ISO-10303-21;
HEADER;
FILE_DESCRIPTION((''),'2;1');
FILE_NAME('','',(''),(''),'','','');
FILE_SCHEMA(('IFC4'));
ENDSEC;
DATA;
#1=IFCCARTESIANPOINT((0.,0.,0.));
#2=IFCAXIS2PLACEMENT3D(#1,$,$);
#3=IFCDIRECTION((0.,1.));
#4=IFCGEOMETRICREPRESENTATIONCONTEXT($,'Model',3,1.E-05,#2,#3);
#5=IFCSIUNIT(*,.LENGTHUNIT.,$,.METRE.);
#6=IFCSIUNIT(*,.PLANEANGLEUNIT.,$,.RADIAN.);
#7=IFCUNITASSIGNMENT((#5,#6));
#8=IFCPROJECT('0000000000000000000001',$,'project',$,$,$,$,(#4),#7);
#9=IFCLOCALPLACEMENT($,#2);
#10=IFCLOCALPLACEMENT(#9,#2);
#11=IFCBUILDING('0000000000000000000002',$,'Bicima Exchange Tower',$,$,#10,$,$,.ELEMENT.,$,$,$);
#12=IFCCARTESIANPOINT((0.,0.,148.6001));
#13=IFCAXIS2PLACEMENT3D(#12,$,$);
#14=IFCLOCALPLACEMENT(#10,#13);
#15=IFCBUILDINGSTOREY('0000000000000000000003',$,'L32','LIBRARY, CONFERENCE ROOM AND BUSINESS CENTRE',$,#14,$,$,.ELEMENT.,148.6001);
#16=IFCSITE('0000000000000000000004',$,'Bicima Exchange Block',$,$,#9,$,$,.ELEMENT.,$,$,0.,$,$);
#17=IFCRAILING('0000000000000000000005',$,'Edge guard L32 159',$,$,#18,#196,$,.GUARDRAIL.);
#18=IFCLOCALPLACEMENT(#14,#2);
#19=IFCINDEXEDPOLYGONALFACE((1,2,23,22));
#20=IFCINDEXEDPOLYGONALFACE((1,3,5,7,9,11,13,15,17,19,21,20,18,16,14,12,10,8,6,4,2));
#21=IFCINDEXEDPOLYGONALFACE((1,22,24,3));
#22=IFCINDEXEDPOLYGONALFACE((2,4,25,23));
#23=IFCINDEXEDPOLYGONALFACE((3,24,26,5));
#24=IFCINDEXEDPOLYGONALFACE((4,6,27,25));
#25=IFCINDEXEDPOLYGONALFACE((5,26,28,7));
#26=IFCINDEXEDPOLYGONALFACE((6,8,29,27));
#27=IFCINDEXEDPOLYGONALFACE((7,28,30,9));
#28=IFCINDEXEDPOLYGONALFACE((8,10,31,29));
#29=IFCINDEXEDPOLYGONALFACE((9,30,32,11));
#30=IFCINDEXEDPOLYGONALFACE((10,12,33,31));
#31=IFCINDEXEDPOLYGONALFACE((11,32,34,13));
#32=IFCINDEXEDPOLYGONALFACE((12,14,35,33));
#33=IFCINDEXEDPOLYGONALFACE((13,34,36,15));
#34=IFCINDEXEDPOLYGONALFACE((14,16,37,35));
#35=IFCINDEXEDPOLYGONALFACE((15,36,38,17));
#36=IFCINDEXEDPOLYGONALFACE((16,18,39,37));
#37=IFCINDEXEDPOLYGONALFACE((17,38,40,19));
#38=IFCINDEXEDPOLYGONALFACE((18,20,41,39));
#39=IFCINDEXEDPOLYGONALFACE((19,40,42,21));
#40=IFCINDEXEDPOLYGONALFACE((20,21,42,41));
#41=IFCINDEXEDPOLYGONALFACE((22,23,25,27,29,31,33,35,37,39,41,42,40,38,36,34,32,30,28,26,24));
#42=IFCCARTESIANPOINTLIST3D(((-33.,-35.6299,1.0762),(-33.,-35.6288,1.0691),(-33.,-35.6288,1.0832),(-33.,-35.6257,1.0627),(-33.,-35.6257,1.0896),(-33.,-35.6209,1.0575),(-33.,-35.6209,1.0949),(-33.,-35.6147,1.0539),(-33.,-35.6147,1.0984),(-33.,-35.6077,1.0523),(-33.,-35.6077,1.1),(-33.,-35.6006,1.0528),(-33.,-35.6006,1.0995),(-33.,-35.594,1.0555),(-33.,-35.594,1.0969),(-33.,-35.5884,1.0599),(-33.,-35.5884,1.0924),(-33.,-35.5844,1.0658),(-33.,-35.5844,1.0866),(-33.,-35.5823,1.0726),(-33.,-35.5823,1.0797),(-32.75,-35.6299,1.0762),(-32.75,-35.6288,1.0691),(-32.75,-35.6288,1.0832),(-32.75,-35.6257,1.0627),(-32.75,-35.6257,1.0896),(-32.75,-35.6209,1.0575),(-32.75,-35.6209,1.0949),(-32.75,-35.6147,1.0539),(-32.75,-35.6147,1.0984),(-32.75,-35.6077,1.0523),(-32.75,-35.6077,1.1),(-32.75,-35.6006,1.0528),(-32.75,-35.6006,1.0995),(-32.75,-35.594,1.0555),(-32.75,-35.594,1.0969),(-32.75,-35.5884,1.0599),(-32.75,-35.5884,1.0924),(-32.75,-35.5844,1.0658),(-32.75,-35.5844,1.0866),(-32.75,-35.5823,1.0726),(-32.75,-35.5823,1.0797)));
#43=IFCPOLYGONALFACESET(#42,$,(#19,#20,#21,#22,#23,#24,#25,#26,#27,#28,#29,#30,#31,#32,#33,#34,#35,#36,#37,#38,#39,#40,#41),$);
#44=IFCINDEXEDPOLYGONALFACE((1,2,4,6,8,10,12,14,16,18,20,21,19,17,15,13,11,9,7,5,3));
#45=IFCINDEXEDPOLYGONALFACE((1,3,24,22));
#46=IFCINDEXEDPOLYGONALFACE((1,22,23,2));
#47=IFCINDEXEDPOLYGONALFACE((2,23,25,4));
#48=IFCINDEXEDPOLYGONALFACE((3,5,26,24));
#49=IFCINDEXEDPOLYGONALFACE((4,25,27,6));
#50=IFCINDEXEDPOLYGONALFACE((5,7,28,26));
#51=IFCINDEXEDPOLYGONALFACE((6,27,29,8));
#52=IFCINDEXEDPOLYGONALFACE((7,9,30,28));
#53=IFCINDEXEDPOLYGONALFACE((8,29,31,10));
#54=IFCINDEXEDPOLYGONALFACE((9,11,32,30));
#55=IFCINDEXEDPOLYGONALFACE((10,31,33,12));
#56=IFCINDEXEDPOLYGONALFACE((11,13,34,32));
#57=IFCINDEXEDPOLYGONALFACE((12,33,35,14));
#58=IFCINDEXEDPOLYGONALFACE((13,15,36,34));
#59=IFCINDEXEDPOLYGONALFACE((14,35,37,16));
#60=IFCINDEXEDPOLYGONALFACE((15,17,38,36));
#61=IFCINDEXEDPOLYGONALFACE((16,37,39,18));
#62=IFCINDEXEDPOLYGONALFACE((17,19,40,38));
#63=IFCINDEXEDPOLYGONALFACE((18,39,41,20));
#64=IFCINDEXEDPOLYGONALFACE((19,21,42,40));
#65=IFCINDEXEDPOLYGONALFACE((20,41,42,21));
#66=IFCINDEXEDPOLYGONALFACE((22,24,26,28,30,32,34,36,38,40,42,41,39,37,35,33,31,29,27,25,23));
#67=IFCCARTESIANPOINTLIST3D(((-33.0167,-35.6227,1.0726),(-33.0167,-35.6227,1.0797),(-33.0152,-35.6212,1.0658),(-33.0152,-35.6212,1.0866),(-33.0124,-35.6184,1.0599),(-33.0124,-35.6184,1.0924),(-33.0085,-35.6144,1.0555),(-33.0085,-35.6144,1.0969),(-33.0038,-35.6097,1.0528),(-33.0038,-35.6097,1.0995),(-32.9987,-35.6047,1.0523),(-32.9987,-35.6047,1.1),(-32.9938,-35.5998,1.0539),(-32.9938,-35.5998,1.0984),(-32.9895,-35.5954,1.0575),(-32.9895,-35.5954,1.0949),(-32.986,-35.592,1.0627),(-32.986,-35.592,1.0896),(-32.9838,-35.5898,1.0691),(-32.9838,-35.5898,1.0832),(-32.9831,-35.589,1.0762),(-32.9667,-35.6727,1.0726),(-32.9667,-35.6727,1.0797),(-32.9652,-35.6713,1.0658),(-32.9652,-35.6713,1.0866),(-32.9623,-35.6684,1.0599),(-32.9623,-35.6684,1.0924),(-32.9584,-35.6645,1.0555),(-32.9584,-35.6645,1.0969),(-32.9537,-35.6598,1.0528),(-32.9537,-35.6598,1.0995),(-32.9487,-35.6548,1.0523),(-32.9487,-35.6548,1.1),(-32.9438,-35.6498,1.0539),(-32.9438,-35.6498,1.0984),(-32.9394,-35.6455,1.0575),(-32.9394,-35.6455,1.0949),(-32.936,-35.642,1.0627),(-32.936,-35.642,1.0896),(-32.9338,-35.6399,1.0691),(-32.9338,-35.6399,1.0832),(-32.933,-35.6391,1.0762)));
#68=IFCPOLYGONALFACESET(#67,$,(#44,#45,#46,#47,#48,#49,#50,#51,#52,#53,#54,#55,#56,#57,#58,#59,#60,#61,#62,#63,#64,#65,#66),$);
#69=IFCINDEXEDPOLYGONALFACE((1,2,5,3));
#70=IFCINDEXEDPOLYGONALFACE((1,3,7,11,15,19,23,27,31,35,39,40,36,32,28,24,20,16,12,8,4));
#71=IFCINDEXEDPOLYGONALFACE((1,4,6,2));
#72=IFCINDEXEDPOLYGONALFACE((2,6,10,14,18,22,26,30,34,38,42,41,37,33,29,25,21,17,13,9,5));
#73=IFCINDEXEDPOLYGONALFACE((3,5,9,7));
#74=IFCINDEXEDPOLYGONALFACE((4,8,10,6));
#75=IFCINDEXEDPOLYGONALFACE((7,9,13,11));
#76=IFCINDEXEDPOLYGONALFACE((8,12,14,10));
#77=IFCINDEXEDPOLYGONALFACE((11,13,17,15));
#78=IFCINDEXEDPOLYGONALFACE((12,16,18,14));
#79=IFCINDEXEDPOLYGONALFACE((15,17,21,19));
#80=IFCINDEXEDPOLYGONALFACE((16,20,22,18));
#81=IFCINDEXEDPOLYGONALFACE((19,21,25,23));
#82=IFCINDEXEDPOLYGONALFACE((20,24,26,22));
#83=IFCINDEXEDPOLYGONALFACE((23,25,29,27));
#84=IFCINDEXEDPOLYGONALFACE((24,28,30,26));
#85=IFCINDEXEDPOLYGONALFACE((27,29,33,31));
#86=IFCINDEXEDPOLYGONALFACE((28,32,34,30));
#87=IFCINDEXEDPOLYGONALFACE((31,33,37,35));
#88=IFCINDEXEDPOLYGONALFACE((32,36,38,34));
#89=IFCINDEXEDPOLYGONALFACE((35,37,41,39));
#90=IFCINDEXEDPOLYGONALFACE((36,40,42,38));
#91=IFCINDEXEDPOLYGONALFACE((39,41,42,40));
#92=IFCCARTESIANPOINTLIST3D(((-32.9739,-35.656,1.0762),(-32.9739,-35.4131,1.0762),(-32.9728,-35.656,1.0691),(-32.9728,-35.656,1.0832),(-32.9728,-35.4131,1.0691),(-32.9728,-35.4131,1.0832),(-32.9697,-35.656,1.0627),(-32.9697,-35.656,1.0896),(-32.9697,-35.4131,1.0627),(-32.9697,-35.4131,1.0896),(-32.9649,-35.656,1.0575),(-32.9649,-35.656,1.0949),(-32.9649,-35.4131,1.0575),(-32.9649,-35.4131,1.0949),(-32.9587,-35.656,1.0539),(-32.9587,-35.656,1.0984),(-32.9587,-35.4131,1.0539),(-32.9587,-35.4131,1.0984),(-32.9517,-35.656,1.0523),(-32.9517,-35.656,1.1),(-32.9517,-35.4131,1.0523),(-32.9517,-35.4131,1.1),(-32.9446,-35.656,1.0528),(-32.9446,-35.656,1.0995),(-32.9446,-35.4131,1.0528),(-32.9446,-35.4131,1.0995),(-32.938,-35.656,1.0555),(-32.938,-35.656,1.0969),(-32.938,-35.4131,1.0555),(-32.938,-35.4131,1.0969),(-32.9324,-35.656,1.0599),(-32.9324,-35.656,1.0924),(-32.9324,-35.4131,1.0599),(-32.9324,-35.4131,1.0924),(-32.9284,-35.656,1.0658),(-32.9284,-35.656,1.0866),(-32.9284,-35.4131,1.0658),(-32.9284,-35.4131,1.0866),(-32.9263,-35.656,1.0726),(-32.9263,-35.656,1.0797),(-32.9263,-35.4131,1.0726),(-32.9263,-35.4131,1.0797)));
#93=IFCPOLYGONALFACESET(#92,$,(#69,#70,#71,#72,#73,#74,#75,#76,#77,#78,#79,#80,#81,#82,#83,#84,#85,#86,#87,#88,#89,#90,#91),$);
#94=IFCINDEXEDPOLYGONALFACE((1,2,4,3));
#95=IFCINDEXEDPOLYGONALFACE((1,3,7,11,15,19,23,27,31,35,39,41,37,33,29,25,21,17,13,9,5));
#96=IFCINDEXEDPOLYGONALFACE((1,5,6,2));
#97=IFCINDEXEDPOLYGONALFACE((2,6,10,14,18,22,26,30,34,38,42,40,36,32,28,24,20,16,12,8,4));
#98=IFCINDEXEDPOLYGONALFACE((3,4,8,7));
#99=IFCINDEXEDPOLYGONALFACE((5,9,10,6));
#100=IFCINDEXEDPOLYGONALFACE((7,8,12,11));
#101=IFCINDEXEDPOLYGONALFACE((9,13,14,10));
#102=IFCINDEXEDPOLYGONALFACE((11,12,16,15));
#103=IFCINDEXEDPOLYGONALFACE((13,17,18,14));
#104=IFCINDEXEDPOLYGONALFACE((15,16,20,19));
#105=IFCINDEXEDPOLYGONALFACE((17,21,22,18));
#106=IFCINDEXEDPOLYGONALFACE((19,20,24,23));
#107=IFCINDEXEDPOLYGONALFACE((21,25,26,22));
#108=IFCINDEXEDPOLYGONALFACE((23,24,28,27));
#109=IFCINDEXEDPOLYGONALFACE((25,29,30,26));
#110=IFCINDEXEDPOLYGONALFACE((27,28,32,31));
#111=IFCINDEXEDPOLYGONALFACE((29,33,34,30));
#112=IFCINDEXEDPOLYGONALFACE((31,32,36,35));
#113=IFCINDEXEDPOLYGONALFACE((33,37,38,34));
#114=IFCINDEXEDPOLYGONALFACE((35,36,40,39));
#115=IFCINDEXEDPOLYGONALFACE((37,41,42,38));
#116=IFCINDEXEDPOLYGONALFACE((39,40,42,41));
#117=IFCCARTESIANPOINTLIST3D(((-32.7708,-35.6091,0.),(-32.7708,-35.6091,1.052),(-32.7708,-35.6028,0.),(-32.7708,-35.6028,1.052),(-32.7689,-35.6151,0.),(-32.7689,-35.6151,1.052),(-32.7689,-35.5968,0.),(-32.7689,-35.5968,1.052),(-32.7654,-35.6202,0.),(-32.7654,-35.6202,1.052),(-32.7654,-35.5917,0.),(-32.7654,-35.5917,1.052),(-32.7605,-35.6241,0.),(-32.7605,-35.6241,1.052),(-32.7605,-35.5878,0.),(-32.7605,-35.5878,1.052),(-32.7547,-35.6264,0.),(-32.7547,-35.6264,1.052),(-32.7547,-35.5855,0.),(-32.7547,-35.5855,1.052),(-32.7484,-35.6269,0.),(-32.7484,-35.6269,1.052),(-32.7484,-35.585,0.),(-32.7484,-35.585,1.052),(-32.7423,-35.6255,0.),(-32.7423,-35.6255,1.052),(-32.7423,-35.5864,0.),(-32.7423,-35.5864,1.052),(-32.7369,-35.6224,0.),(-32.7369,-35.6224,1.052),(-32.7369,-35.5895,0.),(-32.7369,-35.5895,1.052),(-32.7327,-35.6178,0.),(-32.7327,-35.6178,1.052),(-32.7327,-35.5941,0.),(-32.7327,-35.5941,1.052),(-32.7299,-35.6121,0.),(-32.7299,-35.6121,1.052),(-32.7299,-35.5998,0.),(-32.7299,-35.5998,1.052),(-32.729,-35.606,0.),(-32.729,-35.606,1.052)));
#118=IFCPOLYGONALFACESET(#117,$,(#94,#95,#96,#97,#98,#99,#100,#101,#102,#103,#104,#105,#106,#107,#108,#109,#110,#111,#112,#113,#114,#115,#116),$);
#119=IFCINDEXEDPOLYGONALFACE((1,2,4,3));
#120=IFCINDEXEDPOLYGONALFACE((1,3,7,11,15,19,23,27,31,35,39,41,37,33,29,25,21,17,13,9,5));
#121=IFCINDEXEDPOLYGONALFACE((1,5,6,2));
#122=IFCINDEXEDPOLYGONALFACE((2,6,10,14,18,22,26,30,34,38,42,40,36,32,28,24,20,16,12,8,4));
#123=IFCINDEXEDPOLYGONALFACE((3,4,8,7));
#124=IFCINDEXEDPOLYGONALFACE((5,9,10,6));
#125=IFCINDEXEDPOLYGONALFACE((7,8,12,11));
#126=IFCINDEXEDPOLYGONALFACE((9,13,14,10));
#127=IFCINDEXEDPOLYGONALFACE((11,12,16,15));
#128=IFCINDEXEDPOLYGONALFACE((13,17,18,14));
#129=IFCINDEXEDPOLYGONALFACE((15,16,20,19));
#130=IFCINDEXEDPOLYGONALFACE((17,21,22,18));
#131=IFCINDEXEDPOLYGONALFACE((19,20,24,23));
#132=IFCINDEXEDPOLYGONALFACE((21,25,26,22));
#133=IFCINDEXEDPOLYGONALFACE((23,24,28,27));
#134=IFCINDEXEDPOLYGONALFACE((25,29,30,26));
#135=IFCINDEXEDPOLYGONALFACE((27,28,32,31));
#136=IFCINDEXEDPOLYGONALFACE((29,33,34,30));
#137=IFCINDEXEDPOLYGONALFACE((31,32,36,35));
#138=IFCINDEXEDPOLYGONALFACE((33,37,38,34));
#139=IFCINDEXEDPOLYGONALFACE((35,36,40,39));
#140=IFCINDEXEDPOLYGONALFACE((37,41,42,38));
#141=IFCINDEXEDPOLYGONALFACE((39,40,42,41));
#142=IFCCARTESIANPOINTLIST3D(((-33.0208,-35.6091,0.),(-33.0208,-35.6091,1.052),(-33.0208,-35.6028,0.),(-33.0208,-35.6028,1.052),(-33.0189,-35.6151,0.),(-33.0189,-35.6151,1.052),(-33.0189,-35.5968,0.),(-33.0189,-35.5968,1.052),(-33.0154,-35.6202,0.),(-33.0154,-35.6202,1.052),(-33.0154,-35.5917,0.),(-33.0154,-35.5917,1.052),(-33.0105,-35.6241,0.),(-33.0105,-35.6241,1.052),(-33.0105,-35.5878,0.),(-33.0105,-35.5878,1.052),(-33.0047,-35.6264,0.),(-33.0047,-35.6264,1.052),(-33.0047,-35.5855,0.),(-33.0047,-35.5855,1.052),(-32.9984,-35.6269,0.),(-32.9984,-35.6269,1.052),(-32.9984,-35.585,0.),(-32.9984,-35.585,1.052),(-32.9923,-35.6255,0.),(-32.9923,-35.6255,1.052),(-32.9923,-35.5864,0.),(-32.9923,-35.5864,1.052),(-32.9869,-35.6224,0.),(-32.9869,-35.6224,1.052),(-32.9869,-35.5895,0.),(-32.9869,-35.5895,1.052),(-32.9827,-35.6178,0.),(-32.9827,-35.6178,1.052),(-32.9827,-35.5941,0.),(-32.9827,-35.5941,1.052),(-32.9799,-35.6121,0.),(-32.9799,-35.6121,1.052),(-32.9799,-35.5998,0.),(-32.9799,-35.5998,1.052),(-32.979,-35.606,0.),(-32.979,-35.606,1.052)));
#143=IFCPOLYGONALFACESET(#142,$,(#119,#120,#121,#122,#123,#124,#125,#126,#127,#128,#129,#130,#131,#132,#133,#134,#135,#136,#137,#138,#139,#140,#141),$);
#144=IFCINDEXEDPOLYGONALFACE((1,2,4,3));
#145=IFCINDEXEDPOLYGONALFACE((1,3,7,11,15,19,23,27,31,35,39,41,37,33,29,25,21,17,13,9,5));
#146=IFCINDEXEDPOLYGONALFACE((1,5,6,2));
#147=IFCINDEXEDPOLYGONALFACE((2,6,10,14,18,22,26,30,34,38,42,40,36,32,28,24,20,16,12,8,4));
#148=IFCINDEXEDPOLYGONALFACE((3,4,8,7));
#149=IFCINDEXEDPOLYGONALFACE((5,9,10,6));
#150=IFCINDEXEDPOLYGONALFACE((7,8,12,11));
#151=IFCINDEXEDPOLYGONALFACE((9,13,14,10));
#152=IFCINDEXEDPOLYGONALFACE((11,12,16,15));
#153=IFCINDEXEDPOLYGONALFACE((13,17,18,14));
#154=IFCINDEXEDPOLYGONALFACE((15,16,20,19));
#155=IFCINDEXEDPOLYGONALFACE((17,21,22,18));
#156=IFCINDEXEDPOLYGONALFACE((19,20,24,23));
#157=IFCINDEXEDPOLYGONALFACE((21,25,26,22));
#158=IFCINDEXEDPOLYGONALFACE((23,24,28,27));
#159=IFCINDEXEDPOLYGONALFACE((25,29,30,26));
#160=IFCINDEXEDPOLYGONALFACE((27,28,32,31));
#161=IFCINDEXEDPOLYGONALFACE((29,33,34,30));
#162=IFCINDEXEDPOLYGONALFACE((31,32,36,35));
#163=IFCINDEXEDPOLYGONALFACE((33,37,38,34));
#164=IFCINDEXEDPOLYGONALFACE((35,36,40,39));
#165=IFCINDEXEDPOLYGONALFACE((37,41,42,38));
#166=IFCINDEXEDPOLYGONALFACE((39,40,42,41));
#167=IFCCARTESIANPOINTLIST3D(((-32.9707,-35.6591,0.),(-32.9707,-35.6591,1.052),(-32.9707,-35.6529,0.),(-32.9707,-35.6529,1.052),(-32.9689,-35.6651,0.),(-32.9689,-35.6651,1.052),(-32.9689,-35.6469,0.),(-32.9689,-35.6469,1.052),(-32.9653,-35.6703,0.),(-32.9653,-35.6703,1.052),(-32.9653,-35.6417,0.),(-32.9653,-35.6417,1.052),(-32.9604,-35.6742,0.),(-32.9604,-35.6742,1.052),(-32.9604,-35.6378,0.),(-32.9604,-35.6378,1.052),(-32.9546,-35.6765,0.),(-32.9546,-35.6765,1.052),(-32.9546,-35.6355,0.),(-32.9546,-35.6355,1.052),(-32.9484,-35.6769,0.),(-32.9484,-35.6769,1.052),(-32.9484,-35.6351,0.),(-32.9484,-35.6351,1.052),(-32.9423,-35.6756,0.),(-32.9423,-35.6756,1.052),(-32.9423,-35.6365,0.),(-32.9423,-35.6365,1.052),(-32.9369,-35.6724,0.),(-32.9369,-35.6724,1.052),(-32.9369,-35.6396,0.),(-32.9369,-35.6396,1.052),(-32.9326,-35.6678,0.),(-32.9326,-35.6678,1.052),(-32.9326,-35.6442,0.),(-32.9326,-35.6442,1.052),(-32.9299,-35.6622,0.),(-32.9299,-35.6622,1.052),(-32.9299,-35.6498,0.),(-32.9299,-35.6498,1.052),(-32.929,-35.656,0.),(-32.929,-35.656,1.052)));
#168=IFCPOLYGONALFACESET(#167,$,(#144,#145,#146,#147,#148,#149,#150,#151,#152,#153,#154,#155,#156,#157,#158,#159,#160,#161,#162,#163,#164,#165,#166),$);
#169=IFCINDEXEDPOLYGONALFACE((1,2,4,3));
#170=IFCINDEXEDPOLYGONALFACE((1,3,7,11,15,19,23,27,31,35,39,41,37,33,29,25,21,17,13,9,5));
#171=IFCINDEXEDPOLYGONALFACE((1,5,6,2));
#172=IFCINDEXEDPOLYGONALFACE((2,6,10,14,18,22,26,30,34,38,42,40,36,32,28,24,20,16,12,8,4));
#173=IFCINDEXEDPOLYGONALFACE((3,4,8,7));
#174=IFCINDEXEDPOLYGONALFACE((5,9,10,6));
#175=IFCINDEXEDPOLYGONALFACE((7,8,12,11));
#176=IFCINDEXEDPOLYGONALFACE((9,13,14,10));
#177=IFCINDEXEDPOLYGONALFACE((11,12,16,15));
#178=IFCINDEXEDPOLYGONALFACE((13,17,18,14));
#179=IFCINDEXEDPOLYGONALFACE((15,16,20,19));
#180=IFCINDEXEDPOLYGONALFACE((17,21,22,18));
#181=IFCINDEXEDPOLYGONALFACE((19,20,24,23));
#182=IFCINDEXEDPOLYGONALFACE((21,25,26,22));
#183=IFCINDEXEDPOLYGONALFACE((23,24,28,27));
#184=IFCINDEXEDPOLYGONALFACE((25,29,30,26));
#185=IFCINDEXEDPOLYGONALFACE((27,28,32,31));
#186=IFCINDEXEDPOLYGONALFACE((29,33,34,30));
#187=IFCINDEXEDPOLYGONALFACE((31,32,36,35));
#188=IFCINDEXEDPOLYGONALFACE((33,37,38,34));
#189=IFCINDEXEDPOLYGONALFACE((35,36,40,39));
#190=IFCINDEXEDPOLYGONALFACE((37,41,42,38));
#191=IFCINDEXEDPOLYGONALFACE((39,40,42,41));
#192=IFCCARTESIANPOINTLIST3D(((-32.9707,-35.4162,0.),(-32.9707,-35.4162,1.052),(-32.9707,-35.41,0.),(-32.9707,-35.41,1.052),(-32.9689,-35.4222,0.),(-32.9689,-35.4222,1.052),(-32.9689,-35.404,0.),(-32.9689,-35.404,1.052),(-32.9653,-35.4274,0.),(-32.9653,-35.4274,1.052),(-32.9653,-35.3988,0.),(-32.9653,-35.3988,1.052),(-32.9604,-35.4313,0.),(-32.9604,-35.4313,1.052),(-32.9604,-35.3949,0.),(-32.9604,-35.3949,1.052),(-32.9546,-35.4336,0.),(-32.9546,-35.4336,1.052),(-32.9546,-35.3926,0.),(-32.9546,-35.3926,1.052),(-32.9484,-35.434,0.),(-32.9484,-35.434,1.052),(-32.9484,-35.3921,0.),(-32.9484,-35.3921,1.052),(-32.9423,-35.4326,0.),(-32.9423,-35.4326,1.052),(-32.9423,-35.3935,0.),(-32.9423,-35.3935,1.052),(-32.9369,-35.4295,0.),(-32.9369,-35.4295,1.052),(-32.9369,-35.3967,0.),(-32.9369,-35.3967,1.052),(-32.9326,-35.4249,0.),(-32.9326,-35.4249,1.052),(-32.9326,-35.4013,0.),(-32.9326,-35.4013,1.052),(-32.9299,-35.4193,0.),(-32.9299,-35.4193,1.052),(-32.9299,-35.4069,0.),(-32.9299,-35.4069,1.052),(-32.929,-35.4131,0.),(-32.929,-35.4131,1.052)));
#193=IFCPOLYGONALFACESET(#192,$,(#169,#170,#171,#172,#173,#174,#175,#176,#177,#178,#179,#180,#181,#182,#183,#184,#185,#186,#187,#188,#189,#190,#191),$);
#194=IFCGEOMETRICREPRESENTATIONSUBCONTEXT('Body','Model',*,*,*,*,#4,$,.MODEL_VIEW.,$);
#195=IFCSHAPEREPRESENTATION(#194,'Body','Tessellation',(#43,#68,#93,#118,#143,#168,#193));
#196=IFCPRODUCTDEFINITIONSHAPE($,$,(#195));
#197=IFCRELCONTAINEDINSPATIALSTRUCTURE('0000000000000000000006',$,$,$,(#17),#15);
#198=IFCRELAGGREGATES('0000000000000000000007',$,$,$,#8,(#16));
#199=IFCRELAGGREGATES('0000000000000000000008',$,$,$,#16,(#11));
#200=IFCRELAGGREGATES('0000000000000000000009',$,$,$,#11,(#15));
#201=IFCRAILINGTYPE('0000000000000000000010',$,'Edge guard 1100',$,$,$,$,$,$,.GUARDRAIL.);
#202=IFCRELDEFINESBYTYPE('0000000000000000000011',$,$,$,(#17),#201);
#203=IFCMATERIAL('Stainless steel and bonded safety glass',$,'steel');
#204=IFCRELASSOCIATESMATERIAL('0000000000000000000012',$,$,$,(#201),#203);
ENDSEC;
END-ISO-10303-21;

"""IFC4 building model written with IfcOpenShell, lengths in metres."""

from ifc_helpers import new_model, si_unit, direction, frame, origin, origin_2d, place, context, subcontext, project, spatial, circle, extrude, material, type_object, element, save


model = new_model("IFC4")

# Units and contexts
model_context = context("Model", 3, precision=1e-05, world=origin(), true_north=direction((0.0, 1.0)))
body_context = subcontext(model_context, "Body", "Model", "MODEL_VIEW")
ifc_project = project(units=[si_unit("LENGTHUNIT", "METRE"), si_unit("PLANEANGLEUNIT", "RADIAN")], contexts=[model_context])

# Site, building, storey
site_placement = place(None, origin())
site = spatial("IfcSite", under=ifc_project, at=site_placement, Name="Bicima Exchange Block", CompositionType="ELEMENT", RefElevation=0.0)
building_placement = place(site_placement, origin())
building = spatial("IfcBuilding", under=site, at=building_placement, Name="Bicima Exchange Tower", CompositionType="ELEMENT")
storey_placement = place(building_placement, frame((0.0, 0.0, 148.6001)))
storey = spatial("IfcBuildingStorey", under=building, at=storey_placement, Name="L32", Description="LIBRARY, CONFERENCE ROOM AND BUSINESS CENTRE", CompositionType="ELEMENT", Elevation=148.6001)

# Railing
ifc_material_1 = material(Name="Stainless steel and bonded safety glass", Category="steel")
railing_type = type_object("IfcRailingType", Name="Edge guard 1100", PredefinedType="GUARDRAIL", material=ifc_material_1)
railing_1_placement = place(storey_placement, frame((-32.75, -35.606, 0.0)))
element("IfcRailing", 1, at=railing_1_placement, inside=storey, type_object=railing_type, Name="Edge guard L32 159", PredefinedType="GUARDRAIL", context=body_context, shape_type="SweptSolid", body=[
    extrude(circle(Radius=0.0239, at=origin_2d()), frame((0.0, 0.0, 1.0762), z_axis=(-1.0, 0.0, 0.0), x_axis=(0.0, -1.0, 0.0)), (0.0, 0.0, 1.0), 0.25),
    extrude(circle(Radius=0.0239, at=origin_2d()), frame((-0.25, 0.0, 1.0762), z_axis=(0.707107, -0.707107, 0.0), x_axis=(0.707107, 0.707107, 0.0)), (0.0, 0.0, 1.0), 0.0708),
    extrude(circle(Radius=0.0239, at=origin_2d()), frame((-0.2, -0.05, 1.0762), z_axis=(0.0, 1.0, 0.0), x_axis=(-1.0, 0.0, 0.0)), (0.0, 0.0, 1.0), 0.2429),
    extrude(circle(Radius=0.021, at=origin_2d()), origin(), (0.0, 0.0, 1.0), 1.052),
    extrude(circle(Radius=0.021, at=origin_2d()), frame((-0.25, 0.0, 0.0)), (0.0, 0.0, 1.0), 1.052),
    extrude(circle(Radius=0.021, at=origin_2d()), frame((-0.2, -0.05, 0.0)), (0.0, 0.0, 1.0), 1.052),
    extrude(circle(Radius=0.021, at=origin_2d()), frame((-0.2, 0.1929, 0.0)), (0.0, 0.0, 1.0), 1.052),
])

save(model, "model.ifc")
